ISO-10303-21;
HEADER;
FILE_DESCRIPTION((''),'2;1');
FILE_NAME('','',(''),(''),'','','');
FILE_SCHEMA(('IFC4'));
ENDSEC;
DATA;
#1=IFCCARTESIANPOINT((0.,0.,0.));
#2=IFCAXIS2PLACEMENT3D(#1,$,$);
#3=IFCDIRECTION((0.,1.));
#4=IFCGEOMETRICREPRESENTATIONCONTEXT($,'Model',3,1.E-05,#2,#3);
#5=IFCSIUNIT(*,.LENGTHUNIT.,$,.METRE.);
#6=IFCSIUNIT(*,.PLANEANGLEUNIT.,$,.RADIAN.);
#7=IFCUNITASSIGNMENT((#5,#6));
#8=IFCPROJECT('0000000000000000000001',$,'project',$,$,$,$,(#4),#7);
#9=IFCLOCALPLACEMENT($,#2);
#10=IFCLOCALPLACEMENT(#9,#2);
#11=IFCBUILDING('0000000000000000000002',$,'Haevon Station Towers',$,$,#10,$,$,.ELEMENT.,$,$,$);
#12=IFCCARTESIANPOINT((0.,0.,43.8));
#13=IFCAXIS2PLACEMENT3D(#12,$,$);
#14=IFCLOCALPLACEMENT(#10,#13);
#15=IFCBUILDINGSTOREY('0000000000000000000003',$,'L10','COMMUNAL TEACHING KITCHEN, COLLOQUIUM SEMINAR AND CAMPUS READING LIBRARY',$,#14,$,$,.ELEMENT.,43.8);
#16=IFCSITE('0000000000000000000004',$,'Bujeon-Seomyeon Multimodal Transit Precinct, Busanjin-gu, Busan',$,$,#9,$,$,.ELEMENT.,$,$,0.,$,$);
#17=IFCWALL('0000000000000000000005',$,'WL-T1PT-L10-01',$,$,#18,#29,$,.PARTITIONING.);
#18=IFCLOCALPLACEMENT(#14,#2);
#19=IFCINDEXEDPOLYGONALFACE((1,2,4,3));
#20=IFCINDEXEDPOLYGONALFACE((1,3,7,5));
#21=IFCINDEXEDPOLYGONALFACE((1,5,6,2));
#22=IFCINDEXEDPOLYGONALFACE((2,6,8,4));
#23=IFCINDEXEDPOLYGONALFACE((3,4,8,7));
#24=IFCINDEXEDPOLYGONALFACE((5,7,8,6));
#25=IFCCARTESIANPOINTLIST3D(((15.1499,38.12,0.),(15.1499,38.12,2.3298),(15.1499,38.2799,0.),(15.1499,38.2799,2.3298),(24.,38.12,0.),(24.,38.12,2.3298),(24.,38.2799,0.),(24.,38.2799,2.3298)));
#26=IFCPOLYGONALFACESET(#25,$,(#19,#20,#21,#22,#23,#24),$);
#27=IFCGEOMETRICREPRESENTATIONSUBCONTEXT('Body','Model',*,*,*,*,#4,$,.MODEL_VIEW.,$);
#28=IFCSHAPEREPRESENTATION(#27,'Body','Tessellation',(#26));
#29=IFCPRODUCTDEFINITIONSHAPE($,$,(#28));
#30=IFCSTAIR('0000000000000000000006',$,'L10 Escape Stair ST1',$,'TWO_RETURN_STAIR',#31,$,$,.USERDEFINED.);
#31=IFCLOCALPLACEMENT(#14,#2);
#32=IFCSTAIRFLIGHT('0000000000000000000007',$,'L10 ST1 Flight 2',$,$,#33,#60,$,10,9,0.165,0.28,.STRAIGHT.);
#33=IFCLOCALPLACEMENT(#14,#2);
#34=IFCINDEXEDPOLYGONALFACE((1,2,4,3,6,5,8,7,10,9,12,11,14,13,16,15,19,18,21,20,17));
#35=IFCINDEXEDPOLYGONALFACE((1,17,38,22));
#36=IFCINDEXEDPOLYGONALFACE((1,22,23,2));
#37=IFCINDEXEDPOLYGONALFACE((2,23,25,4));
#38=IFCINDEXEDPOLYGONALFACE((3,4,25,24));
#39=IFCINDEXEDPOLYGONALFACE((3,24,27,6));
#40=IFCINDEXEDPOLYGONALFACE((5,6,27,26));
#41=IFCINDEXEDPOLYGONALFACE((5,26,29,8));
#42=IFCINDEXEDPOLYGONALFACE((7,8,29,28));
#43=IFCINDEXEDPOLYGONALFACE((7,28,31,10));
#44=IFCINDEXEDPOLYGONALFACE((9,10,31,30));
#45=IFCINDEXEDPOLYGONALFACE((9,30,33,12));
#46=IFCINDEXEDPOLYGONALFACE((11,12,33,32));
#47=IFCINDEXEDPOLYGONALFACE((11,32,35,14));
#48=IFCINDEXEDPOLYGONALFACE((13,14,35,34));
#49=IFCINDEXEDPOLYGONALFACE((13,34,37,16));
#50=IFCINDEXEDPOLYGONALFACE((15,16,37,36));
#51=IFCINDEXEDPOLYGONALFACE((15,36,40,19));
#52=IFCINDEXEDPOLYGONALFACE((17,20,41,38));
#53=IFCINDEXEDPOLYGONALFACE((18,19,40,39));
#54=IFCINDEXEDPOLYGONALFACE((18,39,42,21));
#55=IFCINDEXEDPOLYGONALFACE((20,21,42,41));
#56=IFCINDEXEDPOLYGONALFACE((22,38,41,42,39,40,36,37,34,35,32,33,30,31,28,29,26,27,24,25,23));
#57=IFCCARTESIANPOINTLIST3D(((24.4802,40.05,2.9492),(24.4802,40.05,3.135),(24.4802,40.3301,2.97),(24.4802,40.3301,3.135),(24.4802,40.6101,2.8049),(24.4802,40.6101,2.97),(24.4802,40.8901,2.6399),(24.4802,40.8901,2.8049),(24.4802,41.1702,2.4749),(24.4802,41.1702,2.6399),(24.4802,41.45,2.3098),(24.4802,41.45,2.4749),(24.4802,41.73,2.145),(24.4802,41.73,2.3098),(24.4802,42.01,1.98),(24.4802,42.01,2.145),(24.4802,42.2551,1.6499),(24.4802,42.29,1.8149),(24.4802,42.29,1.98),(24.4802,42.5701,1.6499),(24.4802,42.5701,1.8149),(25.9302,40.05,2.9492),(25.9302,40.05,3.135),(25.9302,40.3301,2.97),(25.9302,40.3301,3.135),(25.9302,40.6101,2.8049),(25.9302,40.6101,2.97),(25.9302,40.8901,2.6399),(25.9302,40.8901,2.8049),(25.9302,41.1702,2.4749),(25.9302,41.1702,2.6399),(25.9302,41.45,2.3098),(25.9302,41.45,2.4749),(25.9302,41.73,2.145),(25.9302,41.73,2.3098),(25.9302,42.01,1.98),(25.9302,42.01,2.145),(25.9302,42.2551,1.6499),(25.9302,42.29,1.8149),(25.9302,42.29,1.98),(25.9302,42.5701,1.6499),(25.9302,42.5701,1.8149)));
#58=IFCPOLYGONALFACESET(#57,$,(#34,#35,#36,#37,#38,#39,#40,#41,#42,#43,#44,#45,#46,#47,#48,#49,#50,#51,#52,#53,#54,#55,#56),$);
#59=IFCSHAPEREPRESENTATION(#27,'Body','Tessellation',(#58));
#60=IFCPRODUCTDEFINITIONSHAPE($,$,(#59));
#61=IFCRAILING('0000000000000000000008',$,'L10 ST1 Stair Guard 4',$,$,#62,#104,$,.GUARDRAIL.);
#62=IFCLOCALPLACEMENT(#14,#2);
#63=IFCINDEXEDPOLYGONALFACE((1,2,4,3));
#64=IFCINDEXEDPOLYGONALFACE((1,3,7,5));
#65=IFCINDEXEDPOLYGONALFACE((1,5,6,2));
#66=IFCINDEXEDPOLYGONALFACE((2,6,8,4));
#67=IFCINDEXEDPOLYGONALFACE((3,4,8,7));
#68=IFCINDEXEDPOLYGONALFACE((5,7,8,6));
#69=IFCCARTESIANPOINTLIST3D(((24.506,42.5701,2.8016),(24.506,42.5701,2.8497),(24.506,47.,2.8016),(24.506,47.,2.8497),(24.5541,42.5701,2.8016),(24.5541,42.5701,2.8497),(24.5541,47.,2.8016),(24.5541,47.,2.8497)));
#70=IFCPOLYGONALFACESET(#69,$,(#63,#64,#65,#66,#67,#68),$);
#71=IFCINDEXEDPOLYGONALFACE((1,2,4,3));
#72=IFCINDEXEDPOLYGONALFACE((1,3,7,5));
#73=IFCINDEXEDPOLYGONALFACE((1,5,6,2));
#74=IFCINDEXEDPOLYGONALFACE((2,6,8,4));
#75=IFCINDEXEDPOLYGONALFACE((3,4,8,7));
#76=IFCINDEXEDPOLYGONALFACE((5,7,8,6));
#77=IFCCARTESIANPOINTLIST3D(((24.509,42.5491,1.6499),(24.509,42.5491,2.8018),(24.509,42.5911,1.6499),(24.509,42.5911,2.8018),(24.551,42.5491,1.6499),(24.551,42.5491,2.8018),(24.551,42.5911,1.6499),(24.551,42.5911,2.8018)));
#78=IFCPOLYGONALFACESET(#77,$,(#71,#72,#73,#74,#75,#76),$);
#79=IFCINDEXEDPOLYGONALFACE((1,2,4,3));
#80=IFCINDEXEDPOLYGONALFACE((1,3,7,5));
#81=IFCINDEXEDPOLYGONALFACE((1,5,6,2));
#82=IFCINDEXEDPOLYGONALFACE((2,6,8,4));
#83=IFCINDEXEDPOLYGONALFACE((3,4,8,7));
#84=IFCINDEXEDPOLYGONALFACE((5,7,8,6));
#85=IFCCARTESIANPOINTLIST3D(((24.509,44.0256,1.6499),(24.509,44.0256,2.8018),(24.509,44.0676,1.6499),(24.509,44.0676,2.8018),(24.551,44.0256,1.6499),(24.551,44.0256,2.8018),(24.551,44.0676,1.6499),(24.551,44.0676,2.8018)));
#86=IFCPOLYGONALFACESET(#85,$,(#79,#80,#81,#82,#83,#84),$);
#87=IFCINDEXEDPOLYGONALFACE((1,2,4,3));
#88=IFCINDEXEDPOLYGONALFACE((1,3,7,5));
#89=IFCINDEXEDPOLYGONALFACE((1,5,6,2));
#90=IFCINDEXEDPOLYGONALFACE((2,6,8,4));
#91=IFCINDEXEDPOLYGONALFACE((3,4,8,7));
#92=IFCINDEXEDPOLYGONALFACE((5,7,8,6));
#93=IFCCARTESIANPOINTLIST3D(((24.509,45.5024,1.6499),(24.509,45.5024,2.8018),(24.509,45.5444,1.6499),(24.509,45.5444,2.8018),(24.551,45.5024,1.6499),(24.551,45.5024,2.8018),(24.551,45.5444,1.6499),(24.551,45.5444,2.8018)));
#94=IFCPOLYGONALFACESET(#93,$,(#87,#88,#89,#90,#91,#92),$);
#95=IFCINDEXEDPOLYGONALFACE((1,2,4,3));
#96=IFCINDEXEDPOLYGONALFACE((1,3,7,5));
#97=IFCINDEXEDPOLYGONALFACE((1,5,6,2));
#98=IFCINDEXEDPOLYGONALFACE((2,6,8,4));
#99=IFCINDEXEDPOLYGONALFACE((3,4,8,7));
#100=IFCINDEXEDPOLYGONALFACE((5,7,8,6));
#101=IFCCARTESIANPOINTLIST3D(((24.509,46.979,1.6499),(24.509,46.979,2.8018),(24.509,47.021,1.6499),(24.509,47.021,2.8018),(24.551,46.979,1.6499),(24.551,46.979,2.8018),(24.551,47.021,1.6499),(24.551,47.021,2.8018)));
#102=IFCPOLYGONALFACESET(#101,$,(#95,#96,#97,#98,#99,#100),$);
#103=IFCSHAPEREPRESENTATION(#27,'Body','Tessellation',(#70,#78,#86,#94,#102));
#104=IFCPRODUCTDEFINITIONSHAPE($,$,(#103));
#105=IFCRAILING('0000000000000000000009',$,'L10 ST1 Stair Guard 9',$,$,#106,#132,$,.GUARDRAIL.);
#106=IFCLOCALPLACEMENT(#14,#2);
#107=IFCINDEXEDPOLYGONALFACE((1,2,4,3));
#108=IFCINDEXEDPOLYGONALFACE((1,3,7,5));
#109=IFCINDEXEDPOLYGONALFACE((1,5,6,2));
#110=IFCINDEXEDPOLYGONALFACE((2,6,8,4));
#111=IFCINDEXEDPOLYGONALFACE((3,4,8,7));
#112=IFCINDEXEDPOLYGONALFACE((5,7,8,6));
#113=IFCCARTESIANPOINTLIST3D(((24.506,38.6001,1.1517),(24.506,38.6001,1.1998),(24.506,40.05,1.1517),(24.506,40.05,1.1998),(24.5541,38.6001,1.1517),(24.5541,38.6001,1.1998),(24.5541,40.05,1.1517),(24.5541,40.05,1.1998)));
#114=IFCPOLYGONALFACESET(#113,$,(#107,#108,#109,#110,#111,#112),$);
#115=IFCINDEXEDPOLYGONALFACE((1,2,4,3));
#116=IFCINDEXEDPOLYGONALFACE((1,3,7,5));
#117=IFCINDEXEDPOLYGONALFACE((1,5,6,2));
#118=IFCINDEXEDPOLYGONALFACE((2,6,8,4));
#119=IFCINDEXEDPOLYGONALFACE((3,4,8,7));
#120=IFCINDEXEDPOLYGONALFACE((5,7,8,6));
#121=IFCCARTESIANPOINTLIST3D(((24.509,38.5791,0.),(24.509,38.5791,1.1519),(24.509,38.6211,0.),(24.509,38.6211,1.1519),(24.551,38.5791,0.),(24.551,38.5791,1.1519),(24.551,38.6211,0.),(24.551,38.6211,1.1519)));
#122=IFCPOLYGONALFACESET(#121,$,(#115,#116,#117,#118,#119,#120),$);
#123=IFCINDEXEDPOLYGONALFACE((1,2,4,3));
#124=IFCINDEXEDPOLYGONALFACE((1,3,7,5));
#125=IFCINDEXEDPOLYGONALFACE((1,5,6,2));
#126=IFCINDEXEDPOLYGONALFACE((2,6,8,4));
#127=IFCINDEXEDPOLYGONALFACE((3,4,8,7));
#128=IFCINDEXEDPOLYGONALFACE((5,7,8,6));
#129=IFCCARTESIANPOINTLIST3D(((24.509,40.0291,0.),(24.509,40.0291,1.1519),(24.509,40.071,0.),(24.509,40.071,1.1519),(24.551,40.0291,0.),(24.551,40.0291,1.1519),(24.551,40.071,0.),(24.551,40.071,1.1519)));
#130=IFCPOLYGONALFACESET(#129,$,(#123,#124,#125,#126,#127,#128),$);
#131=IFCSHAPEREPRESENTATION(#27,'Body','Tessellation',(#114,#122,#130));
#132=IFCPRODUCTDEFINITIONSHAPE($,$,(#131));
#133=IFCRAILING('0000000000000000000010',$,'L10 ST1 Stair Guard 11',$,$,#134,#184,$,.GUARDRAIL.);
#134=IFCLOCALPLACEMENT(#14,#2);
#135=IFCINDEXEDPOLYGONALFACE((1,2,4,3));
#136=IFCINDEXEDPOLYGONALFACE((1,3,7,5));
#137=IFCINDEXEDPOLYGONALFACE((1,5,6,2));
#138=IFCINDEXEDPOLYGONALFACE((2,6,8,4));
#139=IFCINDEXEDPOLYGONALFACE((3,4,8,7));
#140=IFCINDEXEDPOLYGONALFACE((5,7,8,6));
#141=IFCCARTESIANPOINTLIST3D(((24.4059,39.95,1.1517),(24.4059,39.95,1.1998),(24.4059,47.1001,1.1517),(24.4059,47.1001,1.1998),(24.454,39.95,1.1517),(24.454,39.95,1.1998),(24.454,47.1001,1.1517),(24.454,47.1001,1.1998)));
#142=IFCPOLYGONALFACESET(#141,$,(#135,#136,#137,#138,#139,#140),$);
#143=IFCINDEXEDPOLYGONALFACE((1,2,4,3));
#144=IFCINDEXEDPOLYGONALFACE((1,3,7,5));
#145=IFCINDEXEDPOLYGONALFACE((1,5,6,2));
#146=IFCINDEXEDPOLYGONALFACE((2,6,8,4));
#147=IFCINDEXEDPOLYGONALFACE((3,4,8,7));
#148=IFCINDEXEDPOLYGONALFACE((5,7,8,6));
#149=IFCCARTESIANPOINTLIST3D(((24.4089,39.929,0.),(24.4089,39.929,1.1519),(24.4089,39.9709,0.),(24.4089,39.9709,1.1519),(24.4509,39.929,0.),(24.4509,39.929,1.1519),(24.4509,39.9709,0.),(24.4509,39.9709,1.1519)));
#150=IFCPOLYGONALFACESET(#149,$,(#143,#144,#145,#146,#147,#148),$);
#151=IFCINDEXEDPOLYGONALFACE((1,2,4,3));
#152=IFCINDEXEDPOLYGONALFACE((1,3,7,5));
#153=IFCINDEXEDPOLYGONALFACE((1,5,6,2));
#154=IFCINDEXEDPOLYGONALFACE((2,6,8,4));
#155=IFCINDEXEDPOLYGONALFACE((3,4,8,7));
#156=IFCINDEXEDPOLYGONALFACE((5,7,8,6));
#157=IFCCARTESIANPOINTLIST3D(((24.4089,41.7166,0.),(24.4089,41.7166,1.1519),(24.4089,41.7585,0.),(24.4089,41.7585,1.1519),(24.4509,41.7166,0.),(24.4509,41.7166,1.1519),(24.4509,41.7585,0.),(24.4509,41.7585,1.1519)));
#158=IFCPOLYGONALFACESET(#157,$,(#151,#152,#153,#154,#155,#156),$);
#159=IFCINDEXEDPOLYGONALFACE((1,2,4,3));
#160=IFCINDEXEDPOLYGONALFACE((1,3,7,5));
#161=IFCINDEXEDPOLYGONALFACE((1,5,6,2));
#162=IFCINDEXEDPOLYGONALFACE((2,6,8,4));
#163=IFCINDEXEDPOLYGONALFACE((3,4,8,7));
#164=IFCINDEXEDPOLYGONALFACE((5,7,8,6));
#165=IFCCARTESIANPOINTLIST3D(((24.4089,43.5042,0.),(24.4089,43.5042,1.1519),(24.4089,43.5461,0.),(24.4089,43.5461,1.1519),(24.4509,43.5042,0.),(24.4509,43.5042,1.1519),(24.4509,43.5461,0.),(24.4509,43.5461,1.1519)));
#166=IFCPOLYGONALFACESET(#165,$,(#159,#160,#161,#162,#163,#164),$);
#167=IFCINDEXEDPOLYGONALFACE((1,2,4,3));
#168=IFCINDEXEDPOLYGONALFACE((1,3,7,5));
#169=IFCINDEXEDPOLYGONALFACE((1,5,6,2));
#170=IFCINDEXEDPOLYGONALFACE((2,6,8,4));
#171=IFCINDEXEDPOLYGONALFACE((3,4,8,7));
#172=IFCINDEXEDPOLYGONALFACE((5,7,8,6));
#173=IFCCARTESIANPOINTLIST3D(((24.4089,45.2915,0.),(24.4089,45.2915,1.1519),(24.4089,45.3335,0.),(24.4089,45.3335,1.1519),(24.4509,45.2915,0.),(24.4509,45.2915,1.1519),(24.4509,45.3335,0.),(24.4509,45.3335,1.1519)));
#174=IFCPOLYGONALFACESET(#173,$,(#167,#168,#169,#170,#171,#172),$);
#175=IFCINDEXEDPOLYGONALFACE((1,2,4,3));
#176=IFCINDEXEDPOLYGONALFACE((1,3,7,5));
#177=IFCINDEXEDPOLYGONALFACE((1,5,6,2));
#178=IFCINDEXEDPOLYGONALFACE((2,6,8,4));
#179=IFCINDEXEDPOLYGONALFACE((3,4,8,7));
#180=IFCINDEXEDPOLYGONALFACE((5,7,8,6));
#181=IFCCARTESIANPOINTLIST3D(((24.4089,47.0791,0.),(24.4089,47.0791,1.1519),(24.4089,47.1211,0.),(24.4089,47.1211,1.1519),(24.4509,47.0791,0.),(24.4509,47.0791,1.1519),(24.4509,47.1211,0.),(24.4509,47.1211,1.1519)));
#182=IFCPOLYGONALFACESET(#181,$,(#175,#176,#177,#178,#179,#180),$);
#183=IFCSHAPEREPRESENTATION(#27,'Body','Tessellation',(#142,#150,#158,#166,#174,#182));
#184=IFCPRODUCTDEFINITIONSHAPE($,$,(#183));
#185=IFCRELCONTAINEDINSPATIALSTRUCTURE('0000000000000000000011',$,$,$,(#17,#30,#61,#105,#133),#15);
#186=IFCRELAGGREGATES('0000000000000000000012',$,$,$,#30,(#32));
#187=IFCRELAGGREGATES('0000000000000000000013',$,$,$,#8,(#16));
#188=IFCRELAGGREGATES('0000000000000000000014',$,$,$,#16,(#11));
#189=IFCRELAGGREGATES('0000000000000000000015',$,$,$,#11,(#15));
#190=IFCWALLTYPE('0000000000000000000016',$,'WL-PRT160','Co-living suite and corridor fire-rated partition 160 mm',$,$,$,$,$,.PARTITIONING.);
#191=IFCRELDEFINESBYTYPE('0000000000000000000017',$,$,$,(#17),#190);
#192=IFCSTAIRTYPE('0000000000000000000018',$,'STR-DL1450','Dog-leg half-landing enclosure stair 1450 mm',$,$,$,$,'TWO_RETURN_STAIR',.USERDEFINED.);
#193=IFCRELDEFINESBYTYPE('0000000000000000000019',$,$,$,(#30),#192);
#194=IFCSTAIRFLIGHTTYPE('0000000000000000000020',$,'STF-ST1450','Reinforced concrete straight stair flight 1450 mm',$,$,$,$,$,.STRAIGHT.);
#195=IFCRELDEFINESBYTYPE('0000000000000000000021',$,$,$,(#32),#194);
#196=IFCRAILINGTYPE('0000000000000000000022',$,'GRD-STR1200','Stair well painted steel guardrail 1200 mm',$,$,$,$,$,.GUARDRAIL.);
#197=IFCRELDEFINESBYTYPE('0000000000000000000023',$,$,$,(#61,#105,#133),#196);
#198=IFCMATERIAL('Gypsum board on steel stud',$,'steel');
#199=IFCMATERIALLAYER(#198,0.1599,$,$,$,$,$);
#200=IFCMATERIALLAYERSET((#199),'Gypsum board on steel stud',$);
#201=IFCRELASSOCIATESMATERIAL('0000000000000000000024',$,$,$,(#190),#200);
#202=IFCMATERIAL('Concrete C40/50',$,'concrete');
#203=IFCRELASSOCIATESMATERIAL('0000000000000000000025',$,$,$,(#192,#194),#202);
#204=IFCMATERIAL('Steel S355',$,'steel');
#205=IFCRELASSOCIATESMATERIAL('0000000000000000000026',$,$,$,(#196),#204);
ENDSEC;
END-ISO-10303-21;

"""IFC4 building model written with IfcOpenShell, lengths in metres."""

from ifc_helpers import new_model, si_unit, direction, frame, frame_2d, origin, origin_2d, place, context, subcontext, project, spatial, polyline, rectangle, outline, extrude, material, layer, layer_set, type_object, element, aggregate, save


model = new_model("IFC4")

# Units and contexts
model_context = context("Model", 3, precision=1e-05, world=origin(), true_north=direction((0.0, 1.0)))
body_context = subcontext(model_context, "Body", "Model", "MODEL_VIEW")
ifc_project = project(units=[si_unit("LENGTHUNIT", "METRE"), si_unit("PLANEANGLEUNIT", "RADIAN")], contexts=[model_context])

# Site, building, storey
site_placement = place(None, origin())
site = spatial("IfcSite", under=ifc_project, at=site_placement, Name="Bujeon-Seomyeon Multimodal Transit Precinct, Busanjin-gu, Busan", CompositionType="ELEMENT", RefElevation=0.0)
building_placement = place(site_placement, origin())
building = spatial("IfcBuilding", under=site, at=building_placement, Name="Haevon Station Towers", CompositionType="ELEMENT")
storey_placement = place(building_placement, frame((0.0, 0.0, 43.8)))
storey = spatial("IfcBuildingStorey", under=building, at=storey_placement, Name="L10", Description="COMMUNAL TEACHING KITCHEN, COLLOQUIUM SEMINAR AND CAMPUS READING LIBRARY", CompositionType="ELEMENT", Elevation=43.8)

# Shared definitions
ifc_material_1 = material(Name="Steel S355", Category="steel")

# Shared definitions
ifc_material_2 = material(Name="Gypsum board on steel stud", Category="steel")

# Wall
ifc_layer_1 = layer(ifc_material_2, 0.1599)
ifc_layer_set_1 = layer_set([ifc_layer_1], Name="Gypsum board on steel stud")
wall_type_1 = type_object("IfcWallType", Name="WL-PRT160", Description="Co-living suite and corridor fire-rated partition 160 mm", PredefinedType="PARTITIONING", material=ifc_layer_set_1)
wall_1_placement = place(storey_placement, frame((15.1499, 38.2, 0.0), z_axis=(0.0, 0.0, 1.0), x_axis=(1.0, 0.0, 0.0)))
element("IfcWall", 1, at=wall_1_placement, inside=storey, type_object=wall_type_1, Name="WL-T1PT-L10-01", PredefinedType="PARTITIONING", context=body_context, shape_type="SweptSolid", body=[
    extrude(rectangle(XDim=8.8501, YDim=0.1599, at=frame_2d((4.425, 0.0))), origin(), (0.0, 0.0, 1.0), 2.3298),
])

# Stair, stair flight
ifc_material_3 = material(Name="Concrete C40/50", Category="concrete")
stair_type = type_object("IfcStairType", Name="STR-DL1450", Description="Dog-leg half-landing enclosure stair 1450 mm", ElementType="TWO_RETURN_STAIR", PredefinedType="USERDEFINED", material=ifc_material_3)
stair_placement = place(storey_placement, origin())
stair = element("IfcStair", 2, at=stair_placement, inside=storey, type_object=stair_type, Name="L10 Escape Stair ST1", ObjectType="TWO_RETURN_STAIR", PredefinedType="USERDEFINED")
stair_flight_type = type_object("IfcStairFlightType", Name="STF-ST1450", Description="Reinforced concrete straight stair flight 1450 mm", PredefinedType="STRAIGHT", material=ifc_material_3)
stair_flight_placement = place(storey_placement, frame((25.2051, 42.5701, 1.6499), z_axis=(0.0, 0.0, 1.0), x_axis=(0.0, -1.0, 0.0)))
stair_flight = element("IfcStairFlight", 3, at=stair_flight_placement, type_object=stair_flight_type, Name="L10 ST1 Flight 2", NumberOfRisers=10, NumberOfTreads=9, PredefinedType="STRAIGHT", RiserHeight=0.165, TreadLength=0.28, context=body_context, shape_type="SweptSolid", body=[
    extrude(outline(polyline([(0.0, 0.0), (0.0, 0.165), (0.28, 0.165), (0.28, 0.3301), (0.5601, 0.3301), (0.5601, 0.4951), (0.8401, 0.4951), (0.8401, 0.6599), (1.1201, 0.6599), (1.1201, 0.825), (1.3999, 0.825), (1.3999, 0.99), (1.6799, 0.99), (1.6799, 1.155), (1.96, 1.155), (1.96, 1.3201), (2.24, 1.3201), (2.24, 1.4851), (2.52, 1.4851), (2.52, 1.6499), (2.52, 1.2993), (0.3149, 0.0), (0.0, 0.0)])), frame((0.0, 0.7251, 0.0), z_axis=(0.0, -1.0, 0.0), x_axis=(1.0, 0.0, 0.0)), (0.0, 0.0, 1.0), 1.45),
])
aggregate(stair, [stair_flight])

# Railings
railing_type_1 = type_object("IfcRailingType", Name="GRD-STR1200", Description="Stair well painted steel guardrail 1200 mm", PredefinedType="GUARDRAIL", material=ifc_material_1)
railing_1_placement = place(storey_placement, frame((24.53, 42.5701, 1.6499)))
element("IfcRailing", 4, at=railing_1_placement, inside=storey, type_object=railing_type_1, Name="L10 ST1 Stair Guard 4", PredefinedType="GUARDRAIL", context=body_context, shape_type="SweptSolid", body=[
    extrude(rectangle(XDim=0.0481, YDim=0.0481, at=origin_2d()), frame((0.0, 0.0, 1.1758), z_axis=(0.0, 1.0, 0.0), x_axis=(-1.0, 0.0, 0.0)), (0.0, 0.0, 1.0), 4.4299),
    extrude(rectangle(XDim=0.042, YDim=0.042, at=origin_2d()), origin(), (0.0, 0.0, 1.0), 1.1519),
    extrude(rectangle(XDim=0.042, YDim=0.042, at=origin_2d()), frame((0.0, 1.4766, 0.0)), (0.0, 0.0, 1.0), 1.1519),
    extrude(rectangle(XDim=0.042, YDim=0.042, at=origin_2d()), frame((0.0, 2.9534, 0.0)), (0.0, 0.0, 1.0), 1.1519),
    extrude(rectangle(XDim=0.042, YDim=0.042, at=origin_2d()), frame((0.0, 4.4299, 0.0)), (0.0, 0.0, 1.0), 1.1519),
])
railing_2_placement = place(storey_placement, frame((24.53, 38.6001, 0.0)))
element("IfcRailing", 5, at=railing_2_placement, inside=storey, type_object=railing_type_1, Name="L10 ST1 Stair Guard 9", PredefinedType="GUARDRAIL", context=body_context, shape_type="SweptSolid", body=[
    extrude(rectangle(XDim=0.0481, YDim=0.0481, at=origin_2d()), frame((0.0, 0.0, 1.1758), z_axis=(0.0, 1.0, 0.0), x_axis=(-1.0, 0.0, 0.0)), (0.0, 0.0, 1.0), 1.45),
    extrude(rectangle(XDim=0.042, YDim=0.042, at=origin_2d()), origin(), (0.0, 0.0, 1.0), 1.1519),
    extrude(rectangle(XDim=0.042, YDim=0.042, at=origin_2d()), frame((0.0, 1.45, 0.0)), (0.0, 0.0, 1.0), 1.1519),
])
railing_3_placement = place(storey_placement, frame((24.4299, 39.95, 0.0)))
element("IfcRailing", 6, at=railing_3_placement, inside=storey, type_object=railing_type_1, Name="L10 ST1 Stair Guard 11", PredefinedType="GUARDRAIL", context=body_context, shape_type="SweptSolid", body=[
    extrude(rectangle(XDim=0.0481, YDim=0.0481, at=origin_2d()), frame((0.0, 0.0, 1.1758), z_axis=(0.0, 1.0, 0.0), x_axis=(-1.0, 0.0, 0.0)), (0.0, 0.0, 1.0), 7.1501),
    extrude(rectangle(XDim=0.042, YDim=0.042, at=origin_2d()), origin(), (0.0, 0.0, 1.0), 1.1519),
    extrude(rectangle(XDim=0.042, YDim=0.042, at=origin_2d()), frame((0.0, 1.7876, 0.0)), (0.0, 0.0, 1.0), 1.1519),
    extrude(rectangle(XDim=0.042, YDim=0.042, at=origin_2d()), frame((0.0, 3.5752, 0.0)), (0.0, 0.0, 1.0), 1.1519),
    extrude(rectangle(XDim=0.042, YDim=0.042, at=origin_2d()), frame((0.0, 5.3625, 0.0)), (0.0, 0.0, 1.0), 1.1519),
    extrude(rectangle(XDim=0.042, YDim=0.042, at=origin_2d()), frame((0.0, 7.1501, 0.0)), (0.0, 0.0, 1.0), 1.1519),
])

save(model, "model.ifc")
